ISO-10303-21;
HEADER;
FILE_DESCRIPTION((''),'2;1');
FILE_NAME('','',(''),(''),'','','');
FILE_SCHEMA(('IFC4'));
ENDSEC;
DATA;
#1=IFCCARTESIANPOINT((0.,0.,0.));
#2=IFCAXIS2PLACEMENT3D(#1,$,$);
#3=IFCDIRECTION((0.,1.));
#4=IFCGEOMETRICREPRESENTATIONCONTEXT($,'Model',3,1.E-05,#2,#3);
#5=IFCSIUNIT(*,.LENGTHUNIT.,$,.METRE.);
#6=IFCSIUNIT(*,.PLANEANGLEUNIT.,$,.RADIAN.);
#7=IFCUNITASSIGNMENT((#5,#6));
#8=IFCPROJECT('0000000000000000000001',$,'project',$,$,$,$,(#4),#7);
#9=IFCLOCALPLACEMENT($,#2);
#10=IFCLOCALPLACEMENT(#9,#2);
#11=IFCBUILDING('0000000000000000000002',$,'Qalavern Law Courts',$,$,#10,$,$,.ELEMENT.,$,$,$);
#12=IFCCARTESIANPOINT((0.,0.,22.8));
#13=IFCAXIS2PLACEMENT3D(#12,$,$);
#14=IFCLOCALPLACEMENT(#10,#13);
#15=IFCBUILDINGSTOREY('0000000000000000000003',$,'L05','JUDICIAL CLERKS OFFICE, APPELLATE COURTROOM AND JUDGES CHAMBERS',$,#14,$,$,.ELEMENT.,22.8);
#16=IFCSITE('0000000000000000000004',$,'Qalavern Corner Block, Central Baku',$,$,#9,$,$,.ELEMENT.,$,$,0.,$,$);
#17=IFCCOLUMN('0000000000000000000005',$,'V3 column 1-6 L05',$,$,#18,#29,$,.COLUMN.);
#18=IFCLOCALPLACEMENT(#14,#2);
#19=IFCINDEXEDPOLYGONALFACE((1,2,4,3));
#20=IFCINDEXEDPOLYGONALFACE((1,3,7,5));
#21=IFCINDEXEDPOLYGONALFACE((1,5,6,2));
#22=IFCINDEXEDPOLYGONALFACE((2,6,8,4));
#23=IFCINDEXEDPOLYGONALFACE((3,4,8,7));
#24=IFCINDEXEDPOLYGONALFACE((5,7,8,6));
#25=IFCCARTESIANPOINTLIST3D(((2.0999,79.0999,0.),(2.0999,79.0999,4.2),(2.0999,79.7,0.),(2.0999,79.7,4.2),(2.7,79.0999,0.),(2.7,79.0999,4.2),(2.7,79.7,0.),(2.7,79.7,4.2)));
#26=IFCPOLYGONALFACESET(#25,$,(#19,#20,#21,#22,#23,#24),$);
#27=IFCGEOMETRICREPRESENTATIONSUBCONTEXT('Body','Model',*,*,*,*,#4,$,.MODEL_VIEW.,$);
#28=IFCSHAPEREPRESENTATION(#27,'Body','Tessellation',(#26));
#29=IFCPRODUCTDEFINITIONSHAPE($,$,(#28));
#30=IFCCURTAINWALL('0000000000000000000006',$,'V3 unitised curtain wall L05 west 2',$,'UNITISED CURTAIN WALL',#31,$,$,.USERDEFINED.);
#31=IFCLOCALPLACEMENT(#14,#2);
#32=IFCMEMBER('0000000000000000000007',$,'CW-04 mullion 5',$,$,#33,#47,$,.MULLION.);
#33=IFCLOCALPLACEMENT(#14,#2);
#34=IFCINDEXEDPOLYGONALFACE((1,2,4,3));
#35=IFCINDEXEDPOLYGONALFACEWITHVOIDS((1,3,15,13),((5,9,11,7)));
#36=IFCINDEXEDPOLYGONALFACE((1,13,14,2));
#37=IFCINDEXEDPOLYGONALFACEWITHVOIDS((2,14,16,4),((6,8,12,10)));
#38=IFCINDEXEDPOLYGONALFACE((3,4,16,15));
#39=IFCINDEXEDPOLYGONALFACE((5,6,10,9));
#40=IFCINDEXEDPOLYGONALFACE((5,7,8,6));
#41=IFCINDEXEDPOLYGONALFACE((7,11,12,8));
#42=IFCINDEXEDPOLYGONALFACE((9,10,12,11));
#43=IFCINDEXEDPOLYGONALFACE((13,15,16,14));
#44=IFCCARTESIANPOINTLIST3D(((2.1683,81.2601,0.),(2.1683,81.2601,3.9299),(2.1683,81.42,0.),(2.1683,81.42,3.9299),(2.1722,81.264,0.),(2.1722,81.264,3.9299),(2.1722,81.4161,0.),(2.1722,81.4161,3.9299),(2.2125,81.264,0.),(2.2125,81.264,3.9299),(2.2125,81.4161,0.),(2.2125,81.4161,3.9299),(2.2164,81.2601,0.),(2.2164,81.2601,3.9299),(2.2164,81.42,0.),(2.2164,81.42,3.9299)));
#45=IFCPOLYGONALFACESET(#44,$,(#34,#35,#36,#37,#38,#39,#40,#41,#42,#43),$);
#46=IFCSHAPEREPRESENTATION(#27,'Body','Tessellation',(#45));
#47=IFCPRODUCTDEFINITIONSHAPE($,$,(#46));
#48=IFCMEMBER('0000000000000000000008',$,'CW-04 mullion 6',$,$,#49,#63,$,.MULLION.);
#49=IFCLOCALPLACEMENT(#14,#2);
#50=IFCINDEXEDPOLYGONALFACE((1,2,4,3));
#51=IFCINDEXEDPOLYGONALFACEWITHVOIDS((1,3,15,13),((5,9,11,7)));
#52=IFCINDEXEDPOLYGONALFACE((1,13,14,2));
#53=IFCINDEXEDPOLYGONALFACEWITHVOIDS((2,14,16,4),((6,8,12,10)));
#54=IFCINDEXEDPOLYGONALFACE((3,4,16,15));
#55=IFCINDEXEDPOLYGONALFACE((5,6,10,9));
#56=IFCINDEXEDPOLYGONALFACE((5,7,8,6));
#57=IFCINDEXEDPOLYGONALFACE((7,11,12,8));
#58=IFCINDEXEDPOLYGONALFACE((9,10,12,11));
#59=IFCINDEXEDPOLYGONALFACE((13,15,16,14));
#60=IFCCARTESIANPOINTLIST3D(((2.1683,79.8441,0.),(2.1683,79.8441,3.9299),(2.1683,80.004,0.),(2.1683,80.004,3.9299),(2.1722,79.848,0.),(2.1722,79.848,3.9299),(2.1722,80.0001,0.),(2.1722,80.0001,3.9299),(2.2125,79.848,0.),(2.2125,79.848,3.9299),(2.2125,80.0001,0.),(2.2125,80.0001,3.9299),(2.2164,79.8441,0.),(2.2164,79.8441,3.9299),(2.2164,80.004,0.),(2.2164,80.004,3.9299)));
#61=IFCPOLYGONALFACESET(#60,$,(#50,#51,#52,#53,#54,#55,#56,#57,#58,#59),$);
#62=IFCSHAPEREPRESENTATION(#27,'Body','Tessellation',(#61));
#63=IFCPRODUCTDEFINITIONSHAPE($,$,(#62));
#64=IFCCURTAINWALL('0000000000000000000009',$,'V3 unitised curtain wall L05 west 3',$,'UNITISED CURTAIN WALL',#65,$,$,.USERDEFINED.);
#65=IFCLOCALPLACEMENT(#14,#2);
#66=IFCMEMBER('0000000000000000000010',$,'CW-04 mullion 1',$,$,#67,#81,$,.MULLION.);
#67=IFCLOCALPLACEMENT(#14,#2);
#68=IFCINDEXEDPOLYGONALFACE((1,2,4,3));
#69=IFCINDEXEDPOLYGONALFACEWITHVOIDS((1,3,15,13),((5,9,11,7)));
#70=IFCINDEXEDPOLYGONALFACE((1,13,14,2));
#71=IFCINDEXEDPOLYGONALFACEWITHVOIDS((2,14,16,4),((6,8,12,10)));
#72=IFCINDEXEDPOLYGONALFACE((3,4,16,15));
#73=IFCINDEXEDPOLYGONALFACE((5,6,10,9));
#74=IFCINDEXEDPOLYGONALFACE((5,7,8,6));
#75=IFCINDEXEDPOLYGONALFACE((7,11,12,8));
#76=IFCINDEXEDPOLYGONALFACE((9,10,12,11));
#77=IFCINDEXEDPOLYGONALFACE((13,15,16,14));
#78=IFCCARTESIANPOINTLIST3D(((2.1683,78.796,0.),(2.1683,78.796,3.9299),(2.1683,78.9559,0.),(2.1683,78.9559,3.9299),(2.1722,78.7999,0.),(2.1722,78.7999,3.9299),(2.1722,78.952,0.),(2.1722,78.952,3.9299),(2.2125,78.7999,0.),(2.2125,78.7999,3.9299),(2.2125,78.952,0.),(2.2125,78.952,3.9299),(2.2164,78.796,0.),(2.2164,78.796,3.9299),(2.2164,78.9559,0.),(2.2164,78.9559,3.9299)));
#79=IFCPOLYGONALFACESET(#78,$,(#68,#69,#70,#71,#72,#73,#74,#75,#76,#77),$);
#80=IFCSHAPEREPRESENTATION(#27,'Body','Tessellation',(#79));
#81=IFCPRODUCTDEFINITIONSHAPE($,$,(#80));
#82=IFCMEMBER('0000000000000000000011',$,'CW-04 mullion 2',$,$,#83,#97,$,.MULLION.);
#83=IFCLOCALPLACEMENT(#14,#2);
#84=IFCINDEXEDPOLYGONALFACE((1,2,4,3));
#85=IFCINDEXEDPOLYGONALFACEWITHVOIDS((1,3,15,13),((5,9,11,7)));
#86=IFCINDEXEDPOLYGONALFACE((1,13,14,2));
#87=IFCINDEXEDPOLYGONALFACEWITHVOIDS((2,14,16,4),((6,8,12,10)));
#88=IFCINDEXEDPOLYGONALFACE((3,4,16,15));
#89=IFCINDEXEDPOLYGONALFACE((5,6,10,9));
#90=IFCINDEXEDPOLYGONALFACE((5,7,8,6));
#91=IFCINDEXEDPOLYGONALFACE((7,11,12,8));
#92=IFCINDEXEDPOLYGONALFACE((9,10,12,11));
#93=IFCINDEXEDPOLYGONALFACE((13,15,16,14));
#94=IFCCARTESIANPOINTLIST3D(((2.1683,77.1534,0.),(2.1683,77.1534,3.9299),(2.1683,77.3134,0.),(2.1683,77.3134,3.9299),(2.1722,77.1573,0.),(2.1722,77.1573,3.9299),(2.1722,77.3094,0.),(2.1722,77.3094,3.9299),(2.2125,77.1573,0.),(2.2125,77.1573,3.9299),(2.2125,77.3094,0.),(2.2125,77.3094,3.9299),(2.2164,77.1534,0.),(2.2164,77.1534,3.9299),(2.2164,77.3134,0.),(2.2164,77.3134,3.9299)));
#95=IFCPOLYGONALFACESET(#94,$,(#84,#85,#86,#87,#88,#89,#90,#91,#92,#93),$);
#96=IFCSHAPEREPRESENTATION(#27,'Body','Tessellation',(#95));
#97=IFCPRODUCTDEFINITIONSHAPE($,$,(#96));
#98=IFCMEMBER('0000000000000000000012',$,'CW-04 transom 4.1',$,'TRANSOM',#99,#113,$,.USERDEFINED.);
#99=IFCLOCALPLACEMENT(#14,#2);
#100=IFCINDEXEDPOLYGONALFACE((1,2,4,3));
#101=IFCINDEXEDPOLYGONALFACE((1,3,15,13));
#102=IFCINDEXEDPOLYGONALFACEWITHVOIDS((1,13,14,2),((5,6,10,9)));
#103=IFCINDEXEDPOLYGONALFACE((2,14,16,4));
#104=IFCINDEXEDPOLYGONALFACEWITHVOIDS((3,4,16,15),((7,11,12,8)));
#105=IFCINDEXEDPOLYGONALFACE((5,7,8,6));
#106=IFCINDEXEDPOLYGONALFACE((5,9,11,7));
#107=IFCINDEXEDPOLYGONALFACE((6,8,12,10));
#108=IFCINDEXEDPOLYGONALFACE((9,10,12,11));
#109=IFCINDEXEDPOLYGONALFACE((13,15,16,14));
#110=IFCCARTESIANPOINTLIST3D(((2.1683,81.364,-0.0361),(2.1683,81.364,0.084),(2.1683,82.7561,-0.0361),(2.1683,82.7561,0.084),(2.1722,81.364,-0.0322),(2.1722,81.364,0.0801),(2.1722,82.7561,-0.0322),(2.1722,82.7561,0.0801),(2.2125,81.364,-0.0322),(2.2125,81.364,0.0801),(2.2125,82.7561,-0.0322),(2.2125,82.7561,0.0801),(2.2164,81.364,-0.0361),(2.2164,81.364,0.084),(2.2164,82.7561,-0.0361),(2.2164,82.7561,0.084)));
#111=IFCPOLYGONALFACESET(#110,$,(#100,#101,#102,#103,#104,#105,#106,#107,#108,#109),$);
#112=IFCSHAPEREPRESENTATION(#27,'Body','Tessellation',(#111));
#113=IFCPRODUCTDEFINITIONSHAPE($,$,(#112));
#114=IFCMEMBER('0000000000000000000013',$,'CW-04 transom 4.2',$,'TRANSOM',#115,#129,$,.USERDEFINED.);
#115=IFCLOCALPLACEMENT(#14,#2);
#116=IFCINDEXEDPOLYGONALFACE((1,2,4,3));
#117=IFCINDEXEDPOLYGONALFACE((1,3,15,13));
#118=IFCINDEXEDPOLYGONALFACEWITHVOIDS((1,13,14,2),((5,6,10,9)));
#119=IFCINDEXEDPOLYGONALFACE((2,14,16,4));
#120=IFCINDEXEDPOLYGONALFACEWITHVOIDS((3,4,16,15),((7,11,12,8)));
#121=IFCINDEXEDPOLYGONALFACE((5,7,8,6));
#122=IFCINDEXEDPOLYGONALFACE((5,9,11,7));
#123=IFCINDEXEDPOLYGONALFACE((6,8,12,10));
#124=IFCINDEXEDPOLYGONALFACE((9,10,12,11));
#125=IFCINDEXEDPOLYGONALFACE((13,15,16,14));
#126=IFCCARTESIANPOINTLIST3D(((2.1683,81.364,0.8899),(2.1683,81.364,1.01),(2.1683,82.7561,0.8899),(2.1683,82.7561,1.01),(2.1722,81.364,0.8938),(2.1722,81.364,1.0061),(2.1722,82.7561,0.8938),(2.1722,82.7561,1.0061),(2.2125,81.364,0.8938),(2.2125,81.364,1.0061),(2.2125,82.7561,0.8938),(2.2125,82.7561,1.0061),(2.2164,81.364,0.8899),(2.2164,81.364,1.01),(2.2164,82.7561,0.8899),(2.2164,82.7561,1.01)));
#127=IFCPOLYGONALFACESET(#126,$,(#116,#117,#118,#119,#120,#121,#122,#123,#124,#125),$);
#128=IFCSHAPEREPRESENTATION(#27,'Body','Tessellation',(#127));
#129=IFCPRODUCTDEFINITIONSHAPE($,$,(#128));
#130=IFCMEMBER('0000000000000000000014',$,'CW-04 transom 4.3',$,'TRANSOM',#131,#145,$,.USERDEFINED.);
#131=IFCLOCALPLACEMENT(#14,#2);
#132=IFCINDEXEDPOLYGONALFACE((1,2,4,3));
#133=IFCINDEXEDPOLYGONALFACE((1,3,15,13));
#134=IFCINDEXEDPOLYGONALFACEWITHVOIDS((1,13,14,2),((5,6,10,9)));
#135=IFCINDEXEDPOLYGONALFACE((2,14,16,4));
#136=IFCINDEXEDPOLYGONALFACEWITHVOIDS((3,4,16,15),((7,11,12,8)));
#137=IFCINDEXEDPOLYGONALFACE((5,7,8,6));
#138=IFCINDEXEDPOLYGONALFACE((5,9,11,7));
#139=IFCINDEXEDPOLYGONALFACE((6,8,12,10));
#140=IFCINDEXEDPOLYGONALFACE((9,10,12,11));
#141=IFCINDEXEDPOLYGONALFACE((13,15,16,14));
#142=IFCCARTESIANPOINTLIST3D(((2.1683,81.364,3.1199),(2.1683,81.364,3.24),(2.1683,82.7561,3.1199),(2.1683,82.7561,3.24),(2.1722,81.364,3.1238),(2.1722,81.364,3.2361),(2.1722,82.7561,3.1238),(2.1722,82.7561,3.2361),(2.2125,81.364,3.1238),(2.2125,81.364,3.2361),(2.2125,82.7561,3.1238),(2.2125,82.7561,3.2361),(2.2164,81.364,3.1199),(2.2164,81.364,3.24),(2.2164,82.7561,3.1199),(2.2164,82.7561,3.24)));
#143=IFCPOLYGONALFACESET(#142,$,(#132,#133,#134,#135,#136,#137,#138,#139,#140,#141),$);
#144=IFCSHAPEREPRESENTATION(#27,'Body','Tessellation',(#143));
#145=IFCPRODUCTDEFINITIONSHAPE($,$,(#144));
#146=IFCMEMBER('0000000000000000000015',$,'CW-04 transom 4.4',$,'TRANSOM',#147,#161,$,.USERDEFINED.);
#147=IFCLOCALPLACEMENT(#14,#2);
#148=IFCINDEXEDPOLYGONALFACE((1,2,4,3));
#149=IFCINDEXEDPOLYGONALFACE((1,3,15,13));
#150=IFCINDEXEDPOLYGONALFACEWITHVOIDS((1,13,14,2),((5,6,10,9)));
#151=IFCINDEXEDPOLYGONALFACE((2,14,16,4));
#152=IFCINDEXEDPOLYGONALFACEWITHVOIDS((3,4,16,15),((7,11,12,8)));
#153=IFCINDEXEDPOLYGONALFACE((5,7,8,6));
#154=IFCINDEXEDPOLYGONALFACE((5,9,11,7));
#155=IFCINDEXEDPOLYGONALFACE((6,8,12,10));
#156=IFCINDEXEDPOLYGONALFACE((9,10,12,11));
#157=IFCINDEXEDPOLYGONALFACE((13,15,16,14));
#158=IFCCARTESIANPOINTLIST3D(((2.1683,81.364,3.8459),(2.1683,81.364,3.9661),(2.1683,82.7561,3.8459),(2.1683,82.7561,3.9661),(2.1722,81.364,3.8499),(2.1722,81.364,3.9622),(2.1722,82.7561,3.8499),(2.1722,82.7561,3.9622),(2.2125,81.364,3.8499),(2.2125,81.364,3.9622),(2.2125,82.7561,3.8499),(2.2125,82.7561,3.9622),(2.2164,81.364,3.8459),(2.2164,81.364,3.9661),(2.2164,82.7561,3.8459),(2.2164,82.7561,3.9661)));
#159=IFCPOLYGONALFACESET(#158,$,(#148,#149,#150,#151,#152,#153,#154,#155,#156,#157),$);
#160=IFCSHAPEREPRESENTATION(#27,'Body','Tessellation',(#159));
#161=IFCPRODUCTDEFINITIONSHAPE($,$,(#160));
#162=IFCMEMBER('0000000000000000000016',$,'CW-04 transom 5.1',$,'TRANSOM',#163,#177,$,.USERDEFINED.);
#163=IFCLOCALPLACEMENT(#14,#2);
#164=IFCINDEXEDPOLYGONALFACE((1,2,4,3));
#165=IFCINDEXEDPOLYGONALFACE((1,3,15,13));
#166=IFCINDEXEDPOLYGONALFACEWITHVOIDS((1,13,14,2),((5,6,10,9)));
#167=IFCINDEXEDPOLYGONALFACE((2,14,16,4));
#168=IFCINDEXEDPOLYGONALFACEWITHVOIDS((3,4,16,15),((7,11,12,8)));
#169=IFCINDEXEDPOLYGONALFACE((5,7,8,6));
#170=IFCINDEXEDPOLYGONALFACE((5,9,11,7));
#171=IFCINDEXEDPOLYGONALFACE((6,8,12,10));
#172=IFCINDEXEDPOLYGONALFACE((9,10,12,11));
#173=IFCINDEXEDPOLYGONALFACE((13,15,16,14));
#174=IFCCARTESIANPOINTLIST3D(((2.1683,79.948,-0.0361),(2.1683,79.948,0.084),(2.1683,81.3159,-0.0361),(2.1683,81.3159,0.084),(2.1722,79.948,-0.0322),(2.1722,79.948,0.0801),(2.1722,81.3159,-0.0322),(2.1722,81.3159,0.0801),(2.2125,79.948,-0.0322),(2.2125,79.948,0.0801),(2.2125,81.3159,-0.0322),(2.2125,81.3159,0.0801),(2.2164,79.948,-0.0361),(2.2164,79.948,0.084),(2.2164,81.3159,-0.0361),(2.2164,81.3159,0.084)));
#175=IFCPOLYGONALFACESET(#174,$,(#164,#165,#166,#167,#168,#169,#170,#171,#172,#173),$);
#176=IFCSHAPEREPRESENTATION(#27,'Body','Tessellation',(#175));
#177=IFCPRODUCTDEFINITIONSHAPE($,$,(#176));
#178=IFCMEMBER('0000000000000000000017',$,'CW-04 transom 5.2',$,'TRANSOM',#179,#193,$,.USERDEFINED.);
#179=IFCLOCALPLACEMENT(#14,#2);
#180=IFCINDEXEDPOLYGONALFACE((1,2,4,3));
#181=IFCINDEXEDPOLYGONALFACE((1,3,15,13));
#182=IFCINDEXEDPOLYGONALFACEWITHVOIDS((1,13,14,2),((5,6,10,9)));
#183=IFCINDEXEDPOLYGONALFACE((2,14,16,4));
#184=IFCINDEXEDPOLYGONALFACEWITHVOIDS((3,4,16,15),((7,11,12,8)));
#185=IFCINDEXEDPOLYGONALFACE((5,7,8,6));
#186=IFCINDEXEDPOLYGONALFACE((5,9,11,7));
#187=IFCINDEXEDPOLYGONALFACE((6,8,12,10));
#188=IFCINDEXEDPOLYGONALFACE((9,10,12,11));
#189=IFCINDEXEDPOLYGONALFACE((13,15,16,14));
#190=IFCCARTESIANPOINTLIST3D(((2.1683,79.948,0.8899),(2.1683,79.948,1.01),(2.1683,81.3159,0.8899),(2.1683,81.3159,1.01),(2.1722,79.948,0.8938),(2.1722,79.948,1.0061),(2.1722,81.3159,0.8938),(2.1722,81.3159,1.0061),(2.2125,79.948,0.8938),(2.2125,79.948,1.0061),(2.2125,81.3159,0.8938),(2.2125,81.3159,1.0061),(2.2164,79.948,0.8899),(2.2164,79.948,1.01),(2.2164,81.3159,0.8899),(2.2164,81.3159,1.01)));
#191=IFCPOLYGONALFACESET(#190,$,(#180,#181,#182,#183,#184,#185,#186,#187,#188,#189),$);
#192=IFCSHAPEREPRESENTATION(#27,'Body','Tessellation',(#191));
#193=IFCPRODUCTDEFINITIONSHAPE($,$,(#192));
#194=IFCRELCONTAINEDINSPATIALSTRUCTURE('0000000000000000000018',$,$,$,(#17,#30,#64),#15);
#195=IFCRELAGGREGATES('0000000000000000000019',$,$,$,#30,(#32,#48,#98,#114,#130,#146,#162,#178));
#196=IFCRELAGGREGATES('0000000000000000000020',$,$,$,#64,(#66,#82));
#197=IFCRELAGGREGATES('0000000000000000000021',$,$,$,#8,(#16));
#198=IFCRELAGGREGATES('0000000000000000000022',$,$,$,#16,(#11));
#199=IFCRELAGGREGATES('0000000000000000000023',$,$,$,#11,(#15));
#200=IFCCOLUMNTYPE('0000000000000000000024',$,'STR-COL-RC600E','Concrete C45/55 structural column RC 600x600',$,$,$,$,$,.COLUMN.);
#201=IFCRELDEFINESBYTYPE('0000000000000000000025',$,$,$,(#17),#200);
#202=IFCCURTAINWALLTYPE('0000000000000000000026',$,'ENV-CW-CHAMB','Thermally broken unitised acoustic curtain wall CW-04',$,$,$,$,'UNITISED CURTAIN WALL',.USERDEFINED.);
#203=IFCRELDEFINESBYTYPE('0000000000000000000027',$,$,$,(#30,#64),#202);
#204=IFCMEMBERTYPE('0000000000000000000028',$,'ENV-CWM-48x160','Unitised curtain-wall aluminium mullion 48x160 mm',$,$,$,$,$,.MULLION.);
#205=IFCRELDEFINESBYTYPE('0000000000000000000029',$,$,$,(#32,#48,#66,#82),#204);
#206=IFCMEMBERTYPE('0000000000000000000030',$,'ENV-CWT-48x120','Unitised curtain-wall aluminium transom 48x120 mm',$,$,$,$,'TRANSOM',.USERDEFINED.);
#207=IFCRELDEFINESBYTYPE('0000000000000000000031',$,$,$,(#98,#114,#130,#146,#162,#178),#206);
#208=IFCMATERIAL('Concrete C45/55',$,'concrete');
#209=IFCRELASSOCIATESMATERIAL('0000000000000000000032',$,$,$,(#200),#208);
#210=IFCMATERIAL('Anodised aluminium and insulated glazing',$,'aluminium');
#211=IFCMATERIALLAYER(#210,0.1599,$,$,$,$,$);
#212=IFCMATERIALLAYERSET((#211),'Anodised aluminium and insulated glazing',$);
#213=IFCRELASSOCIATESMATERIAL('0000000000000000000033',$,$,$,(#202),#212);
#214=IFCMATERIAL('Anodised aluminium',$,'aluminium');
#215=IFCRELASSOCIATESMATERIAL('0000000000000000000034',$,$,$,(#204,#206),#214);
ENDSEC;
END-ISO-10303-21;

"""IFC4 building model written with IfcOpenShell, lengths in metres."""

from ifc_helpers import new_model, si_unit, direction, frame, origin, origin_2d, place, context, subcontext, project, spatial, rectangle, hollow_rectangle, extrude, material, layer, layer_set, material_profile, profile_set, type_object, element, aggregate, save


model = new_model("IFC4")

# Units and contexts
model_context = context("Model", 3, precision=1e-05, world=origin(), true_north=direction((0.0, 1.0)))
body_context = subcontext(model_context, "Body", "Model", "MODEL_VIEW")
ifc_project = project(units=[si_unit("LENGTHUNIT", "METRE"), si_unit("PLANEANGLEUNIT", "RADIAN")], contexts=[model_context])

# Site, building, storey
site_placement = place(None, origin())
site = spatial("IfcSite", under=ifc_project, at=site_placement, Name="Qalavern Corner Block, Central Baku", CompositionType="ELEMENT", RefElevation=0.0)
building_placement = place(site_placement, origin())
building = spatial("IfcBuilding", under=site, at=building_placement, Name="Qalavern Law Courts", CompositionType="ELEMENT")
storey_placement = place(building_placement, frame((0.0, 0.0, 22.8)))
storey = spatial("IfcBuildingStorey", under=building, at=storey_placement, Name="L05", Description="JUDICIAL CLERKS OFFICE, APPELLATE COURTROOM AND JUDGES CHAMBERS", CompositionType="ELEMENT", Elevation=22.8)

# Column
ifc_material_1 = material(Name="Concrete C45/55", Category="concrete")
ifc_material_profile_1 = material_profile(ifc_material_1, rectangle(XDim=0.6001, YDim=0.6001, at=origin_2d()), Name="RC 600x600")
ifc_profile_set_1 = profile_set([ifc_material_profile_1], Name="Concrete C45/55")
column_type = type_object("IfcColumnType", Name="STR-COL-RC600E", Description="Concrete C45/55 structural column RC 600x600", PredefinedType="COLUMN", material=ifc_profile_set_1)
column_placement = place(storey_placement, frame((2.3999, 79.3999, 0.0), z_axis=(0.0, 0.0, 1.0), x_axis=(1.0, 0.0, 0.0)))
element("IfcColumn", 1, at=column_placement, inside=storey, type_object=column_type, Name="V3 column 1-6 L05", PredefinedType="COLUMN", context=body_context, shape_type="SweptSolid", body=[
    extrude(rectangle(XDim=0.6001, YDim=0.6001, at=origin_2d()), origin(), (0.0, 0.0, 1.0), 4.2),
])

# Curtain walls, members
ifc_material_2 = material(Name="Anodised aluminium and insulated glazing", Category="aluminium")
ifc_layer_1 = layer(ifc_material_2, 0.1599)
ifc_layer_set_1 = layer_set([ifc_layer_1], Name="Anodised aluminium and insulated glazing")
curtain_wall_type = type_object("IfcCurtainWallType", Name="ENV-CW-CHAMB", Description="Thermally broken unitised acoustic curtain wall CW-04", ElementType="UNITISED CURTAIN WALL", PredefinedType="USERDEFINED", material=ifc_layer_set_1)
curtain_wall_1_placement = place(storey_placement, origin())
curtain_wall_1 = element("IfcCurtainWall", 2, at=curtain_wall_1_placement, inside=storey, type_object=curtain_wall_type, Name="V3 unitised curtain wall L05 west 2", ObjectType="UNITISED CURTAIN WALL", PredefinedType="USERDEFINED")
ifc_material_3 = material(Name="Anodised aluminium", Category="aluminium")
ifc_material_profile_2 = material_profile(ifc_material_3, hollow_rectangle(XDim=0.0481, YDim=0.1599, WallThickness=0.0039, at=origin_2d()), Name="ALU MULLION 48x160")
ifc_profile_set_2 = profile_set([ifc_material_profile_2], Name="Anodised aluminium")
member_type_1 = type_object("IfcMemberType", Name="ENV-CWM-48x160", Description="Unitised curtain-wall aluminium mullion 48x160 mm", PredefinedType="MULLION", material=ifc_profile_set_2)
member_1_placement = place(storey_placement, frame((2.1924, 81.3401, 0.0), z_axis=(0.0, 0.0, 1.0), x_axis=(1.0, 0.0, 0.0)))
member_1 = element("IfcMember", 3, at=member_1_placement, type_object=member_type_1, Name="CW-04 mullion 5", PredefinedType="MULLION", context=body_context, shape_type="SweptSolid", body=[
    extrude(hollow_rectangle(XDim=0.0481, YDim=0.1599, WallThickness=0.0039, at=origin_2d()), origin(), (0.0, 0.0, 1.0), 3.9299),
])
member_2_placement = place(storey_placement, frame((2.1924, 79.9241, 0.0), z_axis=(0.0, 0.0, 1.0), x_axis=(1.0, 0.0, 0.0)))
member_2 = element("IfcMember", 4, at=member_2_placement, type_object=member_type_1, Name="CW-04 mullion 6", PredefinedType="MULLION", context=body_context, shape_type="SweptSolid", body=[
    extrude(hollow_rectangle(XDim=0.0481, YDim=0.1599, WallThickness=0.0039, at=origin_2d()), origin(), (0.0, 0.0, 1.0), 3.9299),
])
curtain_wall_2_placement = place(storey_placement, origin())
curtain_wall_2 = element("IfcCurtainWall", 5, at=curtain_wall_2_placement, inside=storey, type_object=curtain_wall_type, Name="V3 unitised curtain wall L05 west 3", ObjectType="UNITISED CURTAIN WALL", PredefinedType="USERDEFINED")
member_3_placement = place(storey_placement, frame((2.1924, 78.876, 0.0), z_axis=(0.0, 0.0, 1.0), x_axis=(1.0, 0.0, 0.0)))
member_3 = element("IfcMember", 6, at=member_3_placement, type_object=member_type_1, Name="CW-04 mullion 1", PredefinedType="MULLION", context=body_context, shape_type="SweptSolid", body=[
    extrude(hollow_rectangle(XDim=0.0481, YDim=0.1599, WallThickness=0.0039, at=origin_2d()), origin(), (0.0, 0.0, 1.0), 3.9299),
])
member_4_placement = place(storey_placement, frame((2.1924, 77.2334, 0.0), z_axis=(0.0, 0.0, 1.0), x_axis=(1.0, 0.0, 0.0)))
member_4 = element("IfcMember", 7, at=member_4_placement, type_object=member_type_1, Name="CW-04 mullion 2", PredefinedType="MULLION", context=body_context, shape_type="SweptSolid", body=[
    extrude(hollow_rectangle(XDim=0.0481, YDim=0.1599, WallThickness=0.0039, at=origin_2d()), origin(), (0.0, 0.0, 1.0), 3.9299),
])

# Members
ifc_material_profile_3 = material_profile(ifc_material_3, hollow_rectangle(XDim=0.0481, YDim=0.1201, WallThickness=0.0039, at=origin_2d()), Name="ALU TRANSOM 48x120")
ifc_profile_set_3 = profile_set([ifc_material_profile_3], Name="Anodised aluminium")
member_type_2 = type_object("IfcMemberType", Name="ENV-CWT-48x120", Description="Unitised curtain-wall aluminium transom 48x120 mm", ElementType="TRANSOM", PredefinedType="USERDEFINED", material=ifc_profile_set_3)
member_5_placement = place(storey_placement, frame((2.1924, 82.7561, 0.0239), z_axis=(0.0, -1.0, 0.0), x_axis=(1.0, 0.0, 0.0)))
member_5 = element("IfcMember", 8, at=member_5_placement, type_object=member_type_2, Name="CW-04 transom 4.1", ObjectType="TRANSOM", PredefinedType="USERDEFINED", context=body_context, shape_type="SweptSolid", body=[
    extrude(hollow_rectangle(XDim=0.0481, YDim=0.1201, WallThickness=0.0039, at=origin_2d()), origin(), (0.0, 0.0, 1.0), 1.3921),
])
member_6_placement = place(storey_placement, frame((2.1924, 82.7561, 0.95), z_axis=(0.0, -1.0, 0.0), x_axis=(1.0, 0.0, 0.0)))
member_6 = element("IfcMember", 9, at=member_6_placement, type_object=member_type_2, Name="CW-04 transom 4.2", ObjectType="TRANSOM", PredefinedType="USERDEFINED", context=body_context, shape_type="SweptSolid", body=[
    extrude(hollow_rectangle(XDim=0.0481, YDim=0.1201, WallThickness=0.0039, at=origin_2d()), origin(), (0.0, 0.0, 1.0), 1.3921),
])
member_7_placement = place(storey_placement, frame((2.1924, 82.7561, 3.1799), z_axis=(0.0, -1.0, 0.0), x_axis=(1.0, 0.0, 0.0)))
member_7 = element("IfcMember", 10, at=member_7_placement, type_object=member_type_2, Name="CW-04 transom 4.3", ObjectType="TRANSOM", PredefinedType="USERDEFINED", context=body_context, shape_type="SweptSolid", body=[
    extrude(hollow_rectangle(XDim=0.0481, YDim=0.1201, WallThickness=0.0039, at=origin_2d()), origin(), (0.0, 0.0, 1.0), 1.3921),
])
member_8_placement = place(storey_placement, frame((2.1924, 82.7561, 3.906), z_axis=(0.0, -1.0, 0.0), x_axis=(1.0, 0.0, 0.0)))
member_8 = element("IfcMember", 11, at=member_8_placement, type_object=member_type_2, Name="CW-04 transom 4.4", ObjectType="TRANSOM", PredefinedType="USERDEFINED", context=body_context, shape_type="SweptSolid", body=[
    extrude(hollow_rectangle(XDim=0.0481, YDim=0.1201, WallThickness=0.0039, at=origin_2d()), origin(), (0.0, 0.0, 1.0), 1.3921),
])
member_9_placement = place(storey_placement, frame((2.1924, 81.3159, 0.0239), z_axis=(0.0, -1.0, 0.0), x_axis=(1.0, 0.0, 0.0)))
member_9 = element("IfcMember", 12, at=member_9_placement, type_object=member_type_2, Name="CW-04 transom 5.1", ObjectType="TRANSOM", PredefinedType="USERDEFINED", context=body_context, shape_type="SweptSolid", body=[
    extrude(hollow_rectangle(XDim=0.0481, YDim=0.1201, WallThickness=0.0039, at=origin_2d()), origin(), (0.0, 0.0, 1.0), 1.3679),
])
member_10_placement = place(storey_placement, frame((2.1924, 81.3159, 0.95), z_axis=(0.0, -1.0, 0.0), x_axis=(1.0, 0.0, 0.0)))
member_10 = element("IfcMember", 13, at=member_10_placement, type_object=member_type_2, Name="CW-04 transom 5.2", ObjectType="TRANSOM", PredefinedType="USERDEFINED", context=body_context, shape_type="SweptSolid", body=[
    extrude(hollow_rectangle(XDim=0.0481, YDim=0.1201, WallThickness=0.0039, at=origin_2d()), origin(), (0.0, 0.0, 1.0), 1.3679),
])

aggregate(curtain_wall_1, [member_1, member_2, member_5, member_6, member_7, member_8, member_9, member_10])
aggregate(curtain_wall_2, [member_3, member_4])

save(model, "model.ifc")
